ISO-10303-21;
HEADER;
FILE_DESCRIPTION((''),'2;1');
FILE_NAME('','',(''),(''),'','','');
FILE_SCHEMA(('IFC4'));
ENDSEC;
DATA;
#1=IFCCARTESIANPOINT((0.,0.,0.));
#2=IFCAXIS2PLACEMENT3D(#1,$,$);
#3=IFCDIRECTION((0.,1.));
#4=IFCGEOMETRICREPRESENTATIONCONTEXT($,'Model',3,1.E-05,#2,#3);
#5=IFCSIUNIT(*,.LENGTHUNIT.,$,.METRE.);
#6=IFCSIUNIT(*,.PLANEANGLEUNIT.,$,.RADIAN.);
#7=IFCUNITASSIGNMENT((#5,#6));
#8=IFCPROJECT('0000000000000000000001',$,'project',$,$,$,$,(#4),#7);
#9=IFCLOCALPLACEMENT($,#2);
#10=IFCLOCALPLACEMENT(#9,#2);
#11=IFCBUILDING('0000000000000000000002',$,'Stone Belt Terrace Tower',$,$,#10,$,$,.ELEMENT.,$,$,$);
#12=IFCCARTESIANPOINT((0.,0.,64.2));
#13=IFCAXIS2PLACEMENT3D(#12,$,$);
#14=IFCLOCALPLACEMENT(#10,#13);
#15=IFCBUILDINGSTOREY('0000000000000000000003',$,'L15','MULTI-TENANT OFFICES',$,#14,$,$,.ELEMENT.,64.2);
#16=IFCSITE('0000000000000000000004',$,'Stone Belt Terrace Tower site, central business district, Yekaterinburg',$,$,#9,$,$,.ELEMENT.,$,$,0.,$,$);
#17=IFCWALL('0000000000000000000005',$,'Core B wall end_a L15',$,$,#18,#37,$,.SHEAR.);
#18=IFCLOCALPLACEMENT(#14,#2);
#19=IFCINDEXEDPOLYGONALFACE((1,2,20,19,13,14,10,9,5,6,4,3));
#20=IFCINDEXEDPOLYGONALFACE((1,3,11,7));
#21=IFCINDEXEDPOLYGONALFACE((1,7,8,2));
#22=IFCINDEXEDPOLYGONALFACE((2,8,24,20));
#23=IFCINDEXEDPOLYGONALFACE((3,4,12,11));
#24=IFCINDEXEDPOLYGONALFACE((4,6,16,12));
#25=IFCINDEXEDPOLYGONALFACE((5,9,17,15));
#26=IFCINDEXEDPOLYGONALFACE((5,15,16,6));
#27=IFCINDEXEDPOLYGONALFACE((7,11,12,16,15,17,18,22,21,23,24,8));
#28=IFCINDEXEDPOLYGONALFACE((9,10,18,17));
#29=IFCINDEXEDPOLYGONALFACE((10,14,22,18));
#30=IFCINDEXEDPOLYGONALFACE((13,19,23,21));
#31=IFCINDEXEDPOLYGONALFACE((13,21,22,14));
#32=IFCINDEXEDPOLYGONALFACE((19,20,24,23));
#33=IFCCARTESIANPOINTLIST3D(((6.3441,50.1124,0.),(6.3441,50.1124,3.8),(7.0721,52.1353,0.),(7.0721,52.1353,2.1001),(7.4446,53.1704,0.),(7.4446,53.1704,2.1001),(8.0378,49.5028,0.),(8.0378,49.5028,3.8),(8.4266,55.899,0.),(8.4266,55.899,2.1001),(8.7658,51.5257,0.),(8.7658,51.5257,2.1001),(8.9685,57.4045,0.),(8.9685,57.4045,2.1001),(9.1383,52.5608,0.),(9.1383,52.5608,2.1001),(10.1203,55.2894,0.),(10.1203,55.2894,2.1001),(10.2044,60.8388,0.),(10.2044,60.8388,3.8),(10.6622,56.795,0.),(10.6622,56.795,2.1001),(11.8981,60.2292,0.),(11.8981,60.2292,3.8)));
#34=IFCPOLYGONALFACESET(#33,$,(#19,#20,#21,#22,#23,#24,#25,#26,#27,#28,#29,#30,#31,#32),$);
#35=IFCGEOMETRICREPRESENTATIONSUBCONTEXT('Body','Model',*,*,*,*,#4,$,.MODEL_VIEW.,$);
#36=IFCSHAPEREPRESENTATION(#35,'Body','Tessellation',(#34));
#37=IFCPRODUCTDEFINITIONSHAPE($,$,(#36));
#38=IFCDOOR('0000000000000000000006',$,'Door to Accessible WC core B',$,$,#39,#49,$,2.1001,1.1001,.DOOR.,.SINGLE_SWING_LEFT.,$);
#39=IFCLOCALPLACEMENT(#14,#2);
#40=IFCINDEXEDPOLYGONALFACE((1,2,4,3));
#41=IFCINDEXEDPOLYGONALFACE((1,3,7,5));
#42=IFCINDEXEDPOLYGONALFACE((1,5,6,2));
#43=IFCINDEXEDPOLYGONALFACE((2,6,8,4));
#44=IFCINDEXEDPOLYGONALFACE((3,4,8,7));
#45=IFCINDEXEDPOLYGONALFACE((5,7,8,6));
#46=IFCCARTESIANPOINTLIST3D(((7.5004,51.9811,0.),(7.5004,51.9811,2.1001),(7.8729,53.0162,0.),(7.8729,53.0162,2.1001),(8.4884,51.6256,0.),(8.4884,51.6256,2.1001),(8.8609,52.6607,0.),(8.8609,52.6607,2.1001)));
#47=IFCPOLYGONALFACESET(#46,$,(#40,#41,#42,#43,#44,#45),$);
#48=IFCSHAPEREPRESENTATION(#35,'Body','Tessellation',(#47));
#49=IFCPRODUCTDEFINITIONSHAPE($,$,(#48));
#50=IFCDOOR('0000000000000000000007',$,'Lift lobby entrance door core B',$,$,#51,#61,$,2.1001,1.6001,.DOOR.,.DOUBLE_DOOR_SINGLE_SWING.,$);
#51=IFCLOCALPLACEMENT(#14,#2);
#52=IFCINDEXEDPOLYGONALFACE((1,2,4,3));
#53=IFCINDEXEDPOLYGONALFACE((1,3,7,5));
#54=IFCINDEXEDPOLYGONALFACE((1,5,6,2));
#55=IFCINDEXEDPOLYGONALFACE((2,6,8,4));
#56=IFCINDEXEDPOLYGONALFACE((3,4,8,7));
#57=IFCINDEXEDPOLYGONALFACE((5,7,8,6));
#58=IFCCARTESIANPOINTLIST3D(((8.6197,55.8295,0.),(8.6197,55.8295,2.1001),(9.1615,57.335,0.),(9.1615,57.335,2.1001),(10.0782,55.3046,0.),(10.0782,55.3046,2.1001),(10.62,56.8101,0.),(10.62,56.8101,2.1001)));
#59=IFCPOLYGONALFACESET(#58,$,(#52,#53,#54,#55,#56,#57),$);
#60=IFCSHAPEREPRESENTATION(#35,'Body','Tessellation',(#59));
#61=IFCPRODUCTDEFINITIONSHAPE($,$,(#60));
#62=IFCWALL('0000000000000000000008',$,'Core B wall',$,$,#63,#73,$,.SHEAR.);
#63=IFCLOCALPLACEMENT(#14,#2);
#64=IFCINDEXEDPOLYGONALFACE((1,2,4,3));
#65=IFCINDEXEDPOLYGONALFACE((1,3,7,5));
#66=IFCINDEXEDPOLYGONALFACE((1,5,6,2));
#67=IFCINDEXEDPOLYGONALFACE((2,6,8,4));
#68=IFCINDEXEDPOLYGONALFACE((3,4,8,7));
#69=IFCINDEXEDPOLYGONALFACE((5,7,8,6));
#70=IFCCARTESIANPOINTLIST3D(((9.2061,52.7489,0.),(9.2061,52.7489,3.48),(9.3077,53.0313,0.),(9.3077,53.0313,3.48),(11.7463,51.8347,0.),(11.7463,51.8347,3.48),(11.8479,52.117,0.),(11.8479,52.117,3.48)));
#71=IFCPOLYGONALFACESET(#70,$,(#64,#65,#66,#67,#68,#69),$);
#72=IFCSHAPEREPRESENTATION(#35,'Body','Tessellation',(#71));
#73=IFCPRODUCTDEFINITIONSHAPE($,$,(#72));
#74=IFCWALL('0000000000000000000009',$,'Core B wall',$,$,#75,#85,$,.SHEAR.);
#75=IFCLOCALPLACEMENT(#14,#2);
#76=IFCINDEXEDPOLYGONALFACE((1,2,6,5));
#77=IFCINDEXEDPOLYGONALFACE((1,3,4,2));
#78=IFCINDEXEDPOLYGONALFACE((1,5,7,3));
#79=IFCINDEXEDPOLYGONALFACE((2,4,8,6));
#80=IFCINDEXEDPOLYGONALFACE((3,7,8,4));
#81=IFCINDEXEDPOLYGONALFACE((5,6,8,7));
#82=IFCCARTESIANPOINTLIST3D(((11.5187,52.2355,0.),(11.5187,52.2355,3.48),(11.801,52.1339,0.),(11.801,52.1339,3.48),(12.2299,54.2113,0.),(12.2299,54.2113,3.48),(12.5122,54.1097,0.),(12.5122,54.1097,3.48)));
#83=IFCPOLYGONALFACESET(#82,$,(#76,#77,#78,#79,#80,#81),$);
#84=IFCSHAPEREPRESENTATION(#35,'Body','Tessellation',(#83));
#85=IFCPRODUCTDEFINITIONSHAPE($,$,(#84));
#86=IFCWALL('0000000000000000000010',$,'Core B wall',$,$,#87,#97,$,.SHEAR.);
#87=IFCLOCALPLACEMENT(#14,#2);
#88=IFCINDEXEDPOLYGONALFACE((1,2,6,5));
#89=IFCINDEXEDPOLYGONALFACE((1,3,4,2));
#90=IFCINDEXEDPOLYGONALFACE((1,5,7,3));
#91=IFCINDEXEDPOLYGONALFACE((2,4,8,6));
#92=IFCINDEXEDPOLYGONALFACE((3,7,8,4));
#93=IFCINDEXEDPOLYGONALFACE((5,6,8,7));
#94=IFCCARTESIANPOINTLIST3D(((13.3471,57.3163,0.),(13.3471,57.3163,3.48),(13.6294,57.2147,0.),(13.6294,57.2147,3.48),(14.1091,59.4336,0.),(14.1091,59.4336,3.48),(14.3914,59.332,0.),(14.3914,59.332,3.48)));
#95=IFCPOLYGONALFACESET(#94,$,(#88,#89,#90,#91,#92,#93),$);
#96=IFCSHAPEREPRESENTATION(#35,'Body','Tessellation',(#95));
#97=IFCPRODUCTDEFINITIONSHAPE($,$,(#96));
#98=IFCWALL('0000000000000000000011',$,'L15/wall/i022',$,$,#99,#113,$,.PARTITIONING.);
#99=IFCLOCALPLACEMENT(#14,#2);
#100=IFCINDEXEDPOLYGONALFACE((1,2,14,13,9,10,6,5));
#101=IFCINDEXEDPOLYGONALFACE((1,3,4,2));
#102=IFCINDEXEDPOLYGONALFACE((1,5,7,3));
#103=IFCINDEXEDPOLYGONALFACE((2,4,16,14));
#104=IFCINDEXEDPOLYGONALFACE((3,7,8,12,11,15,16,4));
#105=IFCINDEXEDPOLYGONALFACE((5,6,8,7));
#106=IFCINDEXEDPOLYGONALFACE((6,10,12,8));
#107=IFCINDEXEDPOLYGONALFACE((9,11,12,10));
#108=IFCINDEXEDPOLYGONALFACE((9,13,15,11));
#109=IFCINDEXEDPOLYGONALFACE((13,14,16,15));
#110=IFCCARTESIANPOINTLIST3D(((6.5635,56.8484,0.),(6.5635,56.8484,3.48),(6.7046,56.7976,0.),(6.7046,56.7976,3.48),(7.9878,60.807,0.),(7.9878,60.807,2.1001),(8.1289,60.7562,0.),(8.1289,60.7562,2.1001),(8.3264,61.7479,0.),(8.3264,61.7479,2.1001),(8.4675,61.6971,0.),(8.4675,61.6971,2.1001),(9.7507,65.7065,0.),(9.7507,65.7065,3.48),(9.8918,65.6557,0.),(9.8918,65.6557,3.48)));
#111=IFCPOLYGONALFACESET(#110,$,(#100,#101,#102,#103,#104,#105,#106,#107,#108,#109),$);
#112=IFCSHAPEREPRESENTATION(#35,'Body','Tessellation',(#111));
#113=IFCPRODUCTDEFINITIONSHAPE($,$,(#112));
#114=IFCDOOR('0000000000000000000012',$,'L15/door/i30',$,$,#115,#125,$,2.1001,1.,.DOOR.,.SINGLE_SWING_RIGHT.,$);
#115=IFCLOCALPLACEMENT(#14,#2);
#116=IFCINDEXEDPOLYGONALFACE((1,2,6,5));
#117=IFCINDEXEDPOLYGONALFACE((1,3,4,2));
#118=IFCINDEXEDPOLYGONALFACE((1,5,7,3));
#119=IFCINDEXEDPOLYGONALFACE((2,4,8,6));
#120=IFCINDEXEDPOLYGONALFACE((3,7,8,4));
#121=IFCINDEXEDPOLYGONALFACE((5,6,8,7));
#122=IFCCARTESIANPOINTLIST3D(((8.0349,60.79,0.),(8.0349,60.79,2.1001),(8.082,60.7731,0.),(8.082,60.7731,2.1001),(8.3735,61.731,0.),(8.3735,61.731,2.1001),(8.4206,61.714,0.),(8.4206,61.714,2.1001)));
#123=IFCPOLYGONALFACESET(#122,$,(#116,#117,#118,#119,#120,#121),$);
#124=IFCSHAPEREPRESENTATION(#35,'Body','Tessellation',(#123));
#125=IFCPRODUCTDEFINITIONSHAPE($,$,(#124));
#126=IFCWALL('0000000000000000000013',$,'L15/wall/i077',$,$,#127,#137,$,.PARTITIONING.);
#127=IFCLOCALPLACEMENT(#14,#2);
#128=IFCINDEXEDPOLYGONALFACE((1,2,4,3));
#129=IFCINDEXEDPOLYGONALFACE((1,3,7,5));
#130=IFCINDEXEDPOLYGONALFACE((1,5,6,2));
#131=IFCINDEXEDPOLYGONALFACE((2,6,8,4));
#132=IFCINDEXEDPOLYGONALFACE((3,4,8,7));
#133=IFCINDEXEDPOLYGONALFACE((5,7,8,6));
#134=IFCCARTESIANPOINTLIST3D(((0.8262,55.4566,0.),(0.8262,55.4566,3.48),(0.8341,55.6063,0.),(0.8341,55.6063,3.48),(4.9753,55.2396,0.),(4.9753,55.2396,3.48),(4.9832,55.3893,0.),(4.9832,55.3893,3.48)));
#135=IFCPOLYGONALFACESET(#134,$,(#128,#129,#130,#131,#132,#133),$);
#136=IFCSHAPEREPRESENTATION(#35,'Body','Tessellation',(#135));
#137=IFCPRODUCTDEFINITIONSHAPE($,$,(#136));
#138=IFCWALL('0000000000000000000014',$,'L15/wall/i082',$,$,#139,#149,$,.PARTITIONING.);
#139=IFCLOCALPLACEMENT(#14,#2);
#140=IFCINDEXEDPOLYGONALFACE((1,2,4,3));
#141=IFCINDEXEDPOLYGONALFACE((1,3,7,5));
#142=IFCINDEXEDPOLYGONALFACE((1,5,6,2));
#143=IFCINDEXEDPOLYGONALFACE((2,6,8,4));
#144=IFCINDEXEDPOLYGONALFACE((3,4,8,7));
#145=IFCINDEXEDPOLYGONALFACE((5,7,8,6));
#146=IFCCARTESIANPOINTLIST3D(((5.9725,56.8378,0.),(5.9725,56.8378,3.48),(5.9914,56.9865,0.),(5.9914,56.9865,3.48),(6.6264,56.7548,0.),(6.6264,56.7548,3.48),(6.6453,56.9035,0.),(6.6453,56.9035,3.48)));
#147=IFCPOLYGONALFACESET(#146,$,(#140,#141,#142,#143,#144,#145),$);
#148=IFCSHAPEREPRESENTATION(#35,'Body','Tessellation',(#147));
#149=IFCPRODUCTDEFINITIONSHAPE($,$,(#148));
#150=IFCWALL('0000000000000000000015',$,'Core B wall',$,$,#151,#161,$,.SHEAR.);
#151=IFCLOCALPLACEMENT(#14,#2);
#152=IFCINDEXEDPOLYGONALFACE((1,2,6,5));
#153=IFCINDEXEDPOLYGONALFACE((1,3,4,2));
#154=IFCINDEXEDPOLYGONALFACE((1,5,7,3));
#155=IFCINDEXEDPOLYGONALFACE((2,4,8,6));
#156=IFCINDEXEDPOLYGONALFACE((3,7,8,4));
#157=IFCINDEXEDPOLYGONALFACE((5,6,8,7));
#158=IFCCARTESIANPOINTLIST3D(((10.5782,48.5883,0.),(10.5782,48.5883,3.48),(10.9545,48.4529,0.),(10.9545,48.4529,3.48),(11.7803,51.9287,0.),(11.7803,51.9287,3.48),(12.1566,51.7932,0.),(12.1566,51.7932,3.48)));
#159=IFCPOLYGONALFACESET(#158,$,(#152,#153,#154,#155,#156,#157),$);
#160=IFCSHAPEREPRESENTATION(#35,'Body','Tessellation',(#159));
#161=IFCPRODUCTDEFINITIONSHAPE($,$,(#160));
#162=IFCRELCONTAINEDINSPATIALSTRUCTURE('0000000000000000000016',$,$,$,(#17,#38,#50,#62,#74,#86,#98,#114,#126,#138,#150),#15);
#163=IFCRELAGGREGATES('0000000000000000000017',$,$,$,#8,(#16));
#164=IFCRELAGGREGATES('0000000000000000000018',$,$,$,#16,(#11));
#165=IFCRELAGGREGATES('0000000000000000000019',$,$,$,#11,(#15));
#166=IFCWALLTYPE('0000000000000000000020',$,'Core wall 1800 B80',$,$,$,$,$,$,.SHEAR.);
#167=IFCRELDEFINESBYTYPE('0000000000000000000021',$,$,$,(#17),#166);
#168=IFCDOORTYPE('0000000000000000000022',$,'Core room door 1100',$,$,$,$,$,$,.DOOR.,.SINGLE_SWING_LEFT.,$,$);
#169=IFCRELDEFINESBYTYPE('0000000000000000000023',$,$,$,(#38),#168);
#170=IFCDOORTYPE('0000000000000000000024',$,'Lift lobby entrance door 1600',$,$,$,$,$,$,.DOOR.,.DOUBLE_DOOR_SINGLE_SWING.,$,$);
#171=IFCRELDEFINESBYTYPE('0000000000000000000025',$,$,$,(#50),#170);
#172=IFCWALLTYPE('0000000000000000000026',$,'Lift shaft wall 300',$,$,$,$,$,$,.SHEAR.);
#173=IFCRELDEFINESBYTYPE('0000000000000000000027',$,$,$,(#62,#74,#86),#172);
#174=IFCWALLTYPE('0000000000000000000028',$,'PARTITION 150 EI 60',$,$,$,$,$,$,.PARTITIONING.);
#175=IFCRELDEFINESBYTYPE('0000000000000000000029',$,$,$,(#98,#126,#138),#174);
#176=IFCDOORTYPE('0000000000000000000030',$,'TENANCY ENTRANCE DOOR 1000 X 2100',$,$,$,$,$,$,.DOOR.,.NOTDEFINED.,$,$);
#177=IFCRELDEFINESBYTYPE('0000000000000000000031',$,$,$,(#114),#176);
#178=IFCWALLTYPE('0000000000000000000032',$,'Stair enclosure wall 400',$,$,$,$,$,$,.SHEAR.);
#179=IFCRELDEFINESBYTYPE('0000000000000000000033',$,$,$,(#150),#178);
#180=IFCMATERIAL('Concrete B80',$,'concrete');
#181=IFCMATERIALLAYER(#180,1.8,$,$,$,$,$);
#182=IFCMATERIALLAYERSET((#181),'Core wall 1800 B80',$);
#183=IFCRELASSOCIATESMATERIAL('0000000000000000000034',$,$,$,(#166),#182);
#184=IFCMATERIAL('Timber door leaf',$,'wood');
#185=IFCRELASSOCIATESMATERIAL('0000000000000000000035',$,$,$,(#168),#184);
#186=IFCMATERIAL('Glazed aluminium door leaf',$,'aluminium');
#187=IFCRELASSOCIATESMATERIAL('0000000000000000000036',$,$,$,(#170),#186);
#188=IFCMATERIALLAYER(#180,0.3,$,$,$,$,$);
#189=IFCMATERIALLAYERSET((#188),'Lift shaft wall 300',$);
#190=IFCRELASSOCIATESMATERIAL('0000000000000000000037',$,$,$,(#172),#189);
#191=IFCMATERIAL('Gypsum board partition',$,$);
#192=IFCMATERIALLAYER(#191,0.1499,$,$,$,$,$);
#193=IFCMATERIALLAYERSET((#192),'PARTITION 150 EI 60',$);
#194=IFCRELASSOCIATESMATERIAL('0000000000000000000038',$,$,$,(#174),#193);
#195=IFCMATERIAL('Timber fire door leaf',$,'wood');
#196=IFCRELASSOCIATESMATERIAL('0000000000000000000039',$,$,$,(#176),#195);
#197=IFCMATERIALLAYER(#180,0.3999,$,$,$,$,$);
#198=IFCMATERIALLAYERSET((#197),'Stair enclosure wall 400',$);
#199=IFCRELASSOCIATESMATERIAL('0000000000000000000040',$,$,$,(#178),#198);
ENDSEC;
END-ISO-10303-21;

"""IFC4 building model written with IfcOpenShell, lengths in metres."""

from ifc_helpers import new_model, si_unit, direction, frame, frame_2d, origin, place, context, subcontext, project, spatial, rectangle, extrude, material, layer, layer_set, type_object, element, fill, save


model = new_model("IFC4")

# Units and contexts
model_context = context("Model", 3, precision=1e-05, world=origin(), true_north=direction((0.0, 1.0)))
body_context = subcontext(model_context, "Body", "Model", "MODEL_VIEW")
ifc_project = project(units=[si_unit("LENGTHUNIT", "METRE"), si_unit("PLANEANGLEUNIT", "RADIAN")], contexts=[model_context])

# Site, building, storey
site_placement = place(None, origin())
site = spatial("IfcSite", under=ifc_project, at=site_placement, Name="Stone Belt Terrace Tower site, central business district, Yekaterinburg", CompositionType="ELEMENT", RefElevation=0.0)
building_placement = place(site_placement, origin())
building = spatial("IfcBuilding", under=site, at=building_placement, Name="Stone Belt Terrace Tower", CompositionType="ELEMENT")
storey_placement = place(building_placement, frame((0.0, 0.0, 64.2)))
storey = spatial("IfcBuildingStorey", under=building, at=storey_placement, Name="L15", Description="MULTI-TENANT OFFICES", CompositionType="ELEMENT", Elevation=64.2)

# Shared definitions
ifc_material_1 = material(Name="Concrete B80", Category="concrete")

# Shared definitions
ifc_layer_1 = layer(ifc_material_1, 1.8)
ifc_layer_set_1 = layer_set([ifc_layer_1], Name="Core wall 1800 B80")
wall_type_1 = type_object("IfcWallType", Name="Core wall 1800 B80", PredefinedType="SHEAR", material=ifc_layer_set_1)
ifc_material_2 = material(Name="Timber door leaf", Category="wood")
door_type_1 = type_object("IfcDoorType", Name="Core room door 1100", OperationType="SINGLE_SWING_LEFT", PredefinedType="DOOR", material=ifc_material_2)

# Wall, openings, doors
wall_1_placement = place(storey_placement, frame((7.1909, 49.8076, 0.0), z_axis=(0.0, 0.0, 1.0), x_axis=(0.338632, 0.940919, 0.0)))
wall_1 = element("IfcWall", 1, at=wall_1_placement, inside=storey, type_object=wall_type_1, Name="Core B wall end_a L15", PredefinedType="SHEAR", context=body_context, shape_type="SweptSolid", body=[
    extrude(rectangle(XDim=11.3999, YDim=1.8, at=frame_2d((5.7, 0.0))), origin(), (0.0, 0.0, 1.0), 3.8),
])
opening_1_placement = place(wall_1_placement, frame((6.1499, 0.0, 0.0)))
opening_1 = element("IfcOpeningElement", 2, at=opening_1_placement, cuts=wall_1, PredefinedType="OPENING", context=body_context, shape_type="SweptSolid", body=[
    extrude(rectangle(XDim=1.6001, YDim=2.1001, at=frame_2d((0.8, 1.05))), frame((0.0, 0.9099, 0.0), z_axis=(0.0, -1.0, 0.0), x_axis=(1.0, 0.0, 0.0)), (0.0, 0.0, 1.0), 1.8201),
])
opening_2_placement = place(wall_1_placement, frame((2.1499, 0.0, 0.0)))
opening_2 = element("IfcOpeningElement", 3, at=opening_2_placement, cuts=wall_1, PredefinedType="OPENING", context=body_context, shape_type="SweptSolid", body=[
    extrude(rectangle(XDim=1.1001, YDim=2.1001, at=frame_2d((0.55, 1.05))), frame((0.0, 0.9099, 0.0), z_axis=(0.0, -1.0, 0.0), x_axis=(1.0, 0.0, 0.0)), (0.0, 0.0, 1.0), 1.8201),
])
door_1_placement = place(opening_2_placement, origin())
door_1 = element("IfcDoor", 4, at=door_1_placement, inside=storey, type_object=door_type_1, Name="Door to Accessible WC core B", OperationType="SINGLE_SWING_LEFT", OverallHeight=2.1001, OverallWidth=1.1001, PredefinedType="DOOR", context=body_context, shape_type="SweptSolid", body=[
    extrude(rectangle(XDim=1.1001, YDim=2.1001, at=frame_2d((0.55, 1.05))), frame((0.0, 0.4448, 0.0), z_axis=(0.0, -1.0, 0.0), x_axis=(1.0, 0.0, 0.0)), (0.0, 0.0, 1.0), 1.05),
])
fill(opening_2, door_1)
ifc_material_3 = material(Name="Glazed aluminium door leaf", Category="aluminium")
door_type_2 = type_object("IfcDoorType", Name="Lift lobby entrance door 1600", OperationType="DOUBLE_DOOR_SINGLE_SWING", PredefinedType="DOOR", material=ifc_material_3)
door_2_placement = place(opening_1_placement, origin())
door_2 = element("IfcDoor", 5, at=door_2_placement, inside=storey, type_object=door_type_2, Name="Lift lobby entrance door core B", OperationType="DOUBLE_DOOR_SINGLE_SWING", OverallHeight=2.1001, OverallWidth=1.6001, PredefinedType="DOOR", context=body_context, shape_type="SweptSolid", body=[
    extrude(rectangle(XDim=1.6001, YDim=2.1001, at=frame_2d((0.8, 1.05))), frame((0.0, 0.6948, 0.0), z_axis=(0.0, -1.0, 0.0), x_axis=(1.0, 0.0, 0.0)), (0.0, 0.0, 1.0), 1.55),
])
fill(opening_1, door_2)

# Walls
ifc_layer_2 = layer(ifc_material_1, 0.3)
ifc_layer_set_2 = layer_set([ifc_layer_2], Name="Lift shaft wall 300")
wall_type_2 = type_object("IfcWallType", Name="Lift shaft wall 300", PredefinedType="SHEAR", material=ifc_layer_set_2)
wall_2_placement = place(storey_placement, frame((11.7971, 51.9758, 0.0), z_axis=(0.0, 0.0, 1.0), x_axis=(-0.94091, 0.338655, 0.0)))
element("IfcWall", 6, at=wall_2_placement, inside=storey, type_object=wall_type_2, Name="Core B wall", PredefinedType="SHEAR", context=body_context, shape_type="SweptSolid", body=[
    extrude(rectangle(XDim=2.6997, YDim=0.3, at=frame_2d((1.3499, 0.0))), origin(), (0.0, 0.0, 1.0), 3.48),
])
wall_3_placement = place(storey_placement, frame((11.6599, 52.1848, 0.0), z_axis=(0.0, 0.0, 1.0), x_axis=(0.33867, 0.940905, 0.0)))
element("IfcWall", 7, at=wall_3_placement, inside=storey, type_object=wall_type_2, Name="Core B wall", PredefinedType="SHEAR", context=body_context, shape_type="SweptSolid", body=[
    extrude(rectangle(XDim=2.0999, YDim=0.3, at=frame_2d((1.0498, 0.0))), origin(), (0.0, 0.0, 1.0), 3.48),
])
wall_4_placement = place(storey_placement, frame((13.4883, 57.2656, 0.0), z_axis=(0.0, 0.0, 1.0), x_axis=(0.338631, 0.940919, 0.0)))
element("IfcWall", 8, at=wall_4_placement, inside=storey, type_object=wall_type_2, Name="Core B wall", PredefinedType="SHEAR", context=body_context, shape_type="SweptSolid", body=[
    extrude(rectangle(XDim=2.2502, YDim=0.3, at=frame_2d((1.125, 0.0))), origin(), (0.0, 0.0, 1.0), 3.48),
])

# Wall, opening, door
ifc_material_4 = material(Name="Gypsum board partition")
ifc_layer_3 = layer(ifc_material_4, 0.1499)
ifc_layer_set_3 = layer_set([ifc_layer_3], Name="PARTITION 150 EI 60")
wall_type_3 = type_object("IfcWallType", Name="PARTITION 150 EI 60", PredefinedType="PARTITIONING", material=ifc_layer_set_3)
wall_5_placement = place(storey_placement, frame((6.634, 56.823, 0.0), z_axis=(0.0, 0.0, 1.0), x_axis=(0.338562, 0.940944, 0.0)))
wall_5 = element("IfcWall", 9, at=wall_5_placement, inside=storey, type_object=wall_type_3, Name="L15/wall/i022", PredefinedType="PARTITIONING", context=body_context, shape_type="SweptSolid", body=[
    extrude(rectangle(XDim=9.4141, YDim=0.1499, at=frame_2d((4.707, 0.0))), origin(), (0.0, 0.0, 1.0), 3.48),
])
opening_3_placement = place(wall_5_placement, frame((4.207, 0.0, 0.0)))
opening_3 = element("IfcOpeningElement", 10, at=opening_3_placement, cuts=wall_5, PredefinedType="OPENING", context=body_context, shape_type="SweptSolid", body=[
    extrude(rectangle(XDim=1.0, YDim=2.1001, at=frame_2d((0.5, 1.05))), frame((0.0, 0.085, 0.0), z_axis=(0.0, -1.0, 0.0), x_axis=(1.0, 0.0, 0.0)), (0.0, 0.0, 1.0), 0.1699),
])
ifc_material_5 = material(Name="Timber fire door leaf", Category="wood")
door_type_3 = type_object("IfcDoorType", Name="TENANCY ENTRANCE DOOR 1000 X 2100", OperationType="NOTDEFINED", PredefinedType="DOOR", material=ifc_material_5)
door_3_placement = place(opening_3_placement, origin())
door_3 = element("IfcDoor", 11, at=door_3_placement, inside=storey, type_object=door_type_3, Name="L15/door/i30", OperationType="SINGLE_SWING_RIGHT", OverallHeight=2.1001, OverallWidth=1.0, PredefinedType="DOOR", context=body_context, shape_type="SweptSolid", body=[
    extrude(rectangle(XDim=1.0, YDim=2.1001, at=frame_2d((0.5, 1.05))), frame((0.0, 0.0249, 0.0), z_axis=(0.0, -1.0, 0.0), x_axis=(1.0, 0.0, 0.0)), (0.0, 0.0, 1.0), 0.05),
])
fill(opening_3, door_3)

# Walls
wall_6_placement = place(storey_placement, frame((4.9792, 55.3145, 0.0), z_axis=(0.0, 0.0, 1.0), x_axis=(-0.998635, 0.052238, 0.0)))
element("IfcWall", 12, at=wall_6_placement, inside=storey, type_object=wall_type_3, Name="L15/wall/i077", PredefinedType="PARTITIONING", context=body_context, shape_type="SweptSolid", body=[
    extrude(rectangle(XDim=4.1548, YDim=0.1499, at=frame_2d((2.0774, 0.0))), origin(), (0.0, 0.0, 1.0), 3.48),
])
wall_7_placement = place(storey_placement, frame((5.9819, 56.9121, 0.0), z_axis=(0.0, 0.0, 1.0), x_axis=(0.992043, -0.125903, 0.0)))
element("IfcWall", 13, at=wall_7_placement, inside=storey, type_object=wall_type_3, Name="L15/wall/i082", PredefinedType="PARTITIONING", context=body_context, shape_type="SweptSolid", body=[
    extrude(rectangle(XDim=0.6592, YDim=0.1499, at=frame_2d((0.3296, 0.0))), origin(), (0.0, 0.0, 1.0), 3.48),
])
ifc_layer_4 = layer(ifc_material_1, 0.3999)
ifc_layer_set_4 = layer_set([ifc_layer_4], Name="Stair enclosure wall 400")
wall_type_4 = type_object("IfcWallType", Name="Stair enclosure wall 400", PredefinedType="SHEAR", material=ifc_layer_set_4)
wall_8_placement = place(storey_placement, frame((10.7664, 48.5208, 0.0), z_axis=(0.0, 0.0, 1.0), x_axis=(0.338627, 0.940921, 0.0)))
element("IfcWall", 14, at=wall_8_placement, inside=storey, type_object=wall_type_4, Name="Core B wall", PredefinedType="SHEAR", context=body_context, shape_type="SweptSolid", body=[
    extrude(rectangle(XDim=3.55, YDim=0.3999, at=frame_2d((1.7749, 0.0))), origin(), (0.0, 0.0, 1.0), 3.48),
])

save(model, "model.ifc")
